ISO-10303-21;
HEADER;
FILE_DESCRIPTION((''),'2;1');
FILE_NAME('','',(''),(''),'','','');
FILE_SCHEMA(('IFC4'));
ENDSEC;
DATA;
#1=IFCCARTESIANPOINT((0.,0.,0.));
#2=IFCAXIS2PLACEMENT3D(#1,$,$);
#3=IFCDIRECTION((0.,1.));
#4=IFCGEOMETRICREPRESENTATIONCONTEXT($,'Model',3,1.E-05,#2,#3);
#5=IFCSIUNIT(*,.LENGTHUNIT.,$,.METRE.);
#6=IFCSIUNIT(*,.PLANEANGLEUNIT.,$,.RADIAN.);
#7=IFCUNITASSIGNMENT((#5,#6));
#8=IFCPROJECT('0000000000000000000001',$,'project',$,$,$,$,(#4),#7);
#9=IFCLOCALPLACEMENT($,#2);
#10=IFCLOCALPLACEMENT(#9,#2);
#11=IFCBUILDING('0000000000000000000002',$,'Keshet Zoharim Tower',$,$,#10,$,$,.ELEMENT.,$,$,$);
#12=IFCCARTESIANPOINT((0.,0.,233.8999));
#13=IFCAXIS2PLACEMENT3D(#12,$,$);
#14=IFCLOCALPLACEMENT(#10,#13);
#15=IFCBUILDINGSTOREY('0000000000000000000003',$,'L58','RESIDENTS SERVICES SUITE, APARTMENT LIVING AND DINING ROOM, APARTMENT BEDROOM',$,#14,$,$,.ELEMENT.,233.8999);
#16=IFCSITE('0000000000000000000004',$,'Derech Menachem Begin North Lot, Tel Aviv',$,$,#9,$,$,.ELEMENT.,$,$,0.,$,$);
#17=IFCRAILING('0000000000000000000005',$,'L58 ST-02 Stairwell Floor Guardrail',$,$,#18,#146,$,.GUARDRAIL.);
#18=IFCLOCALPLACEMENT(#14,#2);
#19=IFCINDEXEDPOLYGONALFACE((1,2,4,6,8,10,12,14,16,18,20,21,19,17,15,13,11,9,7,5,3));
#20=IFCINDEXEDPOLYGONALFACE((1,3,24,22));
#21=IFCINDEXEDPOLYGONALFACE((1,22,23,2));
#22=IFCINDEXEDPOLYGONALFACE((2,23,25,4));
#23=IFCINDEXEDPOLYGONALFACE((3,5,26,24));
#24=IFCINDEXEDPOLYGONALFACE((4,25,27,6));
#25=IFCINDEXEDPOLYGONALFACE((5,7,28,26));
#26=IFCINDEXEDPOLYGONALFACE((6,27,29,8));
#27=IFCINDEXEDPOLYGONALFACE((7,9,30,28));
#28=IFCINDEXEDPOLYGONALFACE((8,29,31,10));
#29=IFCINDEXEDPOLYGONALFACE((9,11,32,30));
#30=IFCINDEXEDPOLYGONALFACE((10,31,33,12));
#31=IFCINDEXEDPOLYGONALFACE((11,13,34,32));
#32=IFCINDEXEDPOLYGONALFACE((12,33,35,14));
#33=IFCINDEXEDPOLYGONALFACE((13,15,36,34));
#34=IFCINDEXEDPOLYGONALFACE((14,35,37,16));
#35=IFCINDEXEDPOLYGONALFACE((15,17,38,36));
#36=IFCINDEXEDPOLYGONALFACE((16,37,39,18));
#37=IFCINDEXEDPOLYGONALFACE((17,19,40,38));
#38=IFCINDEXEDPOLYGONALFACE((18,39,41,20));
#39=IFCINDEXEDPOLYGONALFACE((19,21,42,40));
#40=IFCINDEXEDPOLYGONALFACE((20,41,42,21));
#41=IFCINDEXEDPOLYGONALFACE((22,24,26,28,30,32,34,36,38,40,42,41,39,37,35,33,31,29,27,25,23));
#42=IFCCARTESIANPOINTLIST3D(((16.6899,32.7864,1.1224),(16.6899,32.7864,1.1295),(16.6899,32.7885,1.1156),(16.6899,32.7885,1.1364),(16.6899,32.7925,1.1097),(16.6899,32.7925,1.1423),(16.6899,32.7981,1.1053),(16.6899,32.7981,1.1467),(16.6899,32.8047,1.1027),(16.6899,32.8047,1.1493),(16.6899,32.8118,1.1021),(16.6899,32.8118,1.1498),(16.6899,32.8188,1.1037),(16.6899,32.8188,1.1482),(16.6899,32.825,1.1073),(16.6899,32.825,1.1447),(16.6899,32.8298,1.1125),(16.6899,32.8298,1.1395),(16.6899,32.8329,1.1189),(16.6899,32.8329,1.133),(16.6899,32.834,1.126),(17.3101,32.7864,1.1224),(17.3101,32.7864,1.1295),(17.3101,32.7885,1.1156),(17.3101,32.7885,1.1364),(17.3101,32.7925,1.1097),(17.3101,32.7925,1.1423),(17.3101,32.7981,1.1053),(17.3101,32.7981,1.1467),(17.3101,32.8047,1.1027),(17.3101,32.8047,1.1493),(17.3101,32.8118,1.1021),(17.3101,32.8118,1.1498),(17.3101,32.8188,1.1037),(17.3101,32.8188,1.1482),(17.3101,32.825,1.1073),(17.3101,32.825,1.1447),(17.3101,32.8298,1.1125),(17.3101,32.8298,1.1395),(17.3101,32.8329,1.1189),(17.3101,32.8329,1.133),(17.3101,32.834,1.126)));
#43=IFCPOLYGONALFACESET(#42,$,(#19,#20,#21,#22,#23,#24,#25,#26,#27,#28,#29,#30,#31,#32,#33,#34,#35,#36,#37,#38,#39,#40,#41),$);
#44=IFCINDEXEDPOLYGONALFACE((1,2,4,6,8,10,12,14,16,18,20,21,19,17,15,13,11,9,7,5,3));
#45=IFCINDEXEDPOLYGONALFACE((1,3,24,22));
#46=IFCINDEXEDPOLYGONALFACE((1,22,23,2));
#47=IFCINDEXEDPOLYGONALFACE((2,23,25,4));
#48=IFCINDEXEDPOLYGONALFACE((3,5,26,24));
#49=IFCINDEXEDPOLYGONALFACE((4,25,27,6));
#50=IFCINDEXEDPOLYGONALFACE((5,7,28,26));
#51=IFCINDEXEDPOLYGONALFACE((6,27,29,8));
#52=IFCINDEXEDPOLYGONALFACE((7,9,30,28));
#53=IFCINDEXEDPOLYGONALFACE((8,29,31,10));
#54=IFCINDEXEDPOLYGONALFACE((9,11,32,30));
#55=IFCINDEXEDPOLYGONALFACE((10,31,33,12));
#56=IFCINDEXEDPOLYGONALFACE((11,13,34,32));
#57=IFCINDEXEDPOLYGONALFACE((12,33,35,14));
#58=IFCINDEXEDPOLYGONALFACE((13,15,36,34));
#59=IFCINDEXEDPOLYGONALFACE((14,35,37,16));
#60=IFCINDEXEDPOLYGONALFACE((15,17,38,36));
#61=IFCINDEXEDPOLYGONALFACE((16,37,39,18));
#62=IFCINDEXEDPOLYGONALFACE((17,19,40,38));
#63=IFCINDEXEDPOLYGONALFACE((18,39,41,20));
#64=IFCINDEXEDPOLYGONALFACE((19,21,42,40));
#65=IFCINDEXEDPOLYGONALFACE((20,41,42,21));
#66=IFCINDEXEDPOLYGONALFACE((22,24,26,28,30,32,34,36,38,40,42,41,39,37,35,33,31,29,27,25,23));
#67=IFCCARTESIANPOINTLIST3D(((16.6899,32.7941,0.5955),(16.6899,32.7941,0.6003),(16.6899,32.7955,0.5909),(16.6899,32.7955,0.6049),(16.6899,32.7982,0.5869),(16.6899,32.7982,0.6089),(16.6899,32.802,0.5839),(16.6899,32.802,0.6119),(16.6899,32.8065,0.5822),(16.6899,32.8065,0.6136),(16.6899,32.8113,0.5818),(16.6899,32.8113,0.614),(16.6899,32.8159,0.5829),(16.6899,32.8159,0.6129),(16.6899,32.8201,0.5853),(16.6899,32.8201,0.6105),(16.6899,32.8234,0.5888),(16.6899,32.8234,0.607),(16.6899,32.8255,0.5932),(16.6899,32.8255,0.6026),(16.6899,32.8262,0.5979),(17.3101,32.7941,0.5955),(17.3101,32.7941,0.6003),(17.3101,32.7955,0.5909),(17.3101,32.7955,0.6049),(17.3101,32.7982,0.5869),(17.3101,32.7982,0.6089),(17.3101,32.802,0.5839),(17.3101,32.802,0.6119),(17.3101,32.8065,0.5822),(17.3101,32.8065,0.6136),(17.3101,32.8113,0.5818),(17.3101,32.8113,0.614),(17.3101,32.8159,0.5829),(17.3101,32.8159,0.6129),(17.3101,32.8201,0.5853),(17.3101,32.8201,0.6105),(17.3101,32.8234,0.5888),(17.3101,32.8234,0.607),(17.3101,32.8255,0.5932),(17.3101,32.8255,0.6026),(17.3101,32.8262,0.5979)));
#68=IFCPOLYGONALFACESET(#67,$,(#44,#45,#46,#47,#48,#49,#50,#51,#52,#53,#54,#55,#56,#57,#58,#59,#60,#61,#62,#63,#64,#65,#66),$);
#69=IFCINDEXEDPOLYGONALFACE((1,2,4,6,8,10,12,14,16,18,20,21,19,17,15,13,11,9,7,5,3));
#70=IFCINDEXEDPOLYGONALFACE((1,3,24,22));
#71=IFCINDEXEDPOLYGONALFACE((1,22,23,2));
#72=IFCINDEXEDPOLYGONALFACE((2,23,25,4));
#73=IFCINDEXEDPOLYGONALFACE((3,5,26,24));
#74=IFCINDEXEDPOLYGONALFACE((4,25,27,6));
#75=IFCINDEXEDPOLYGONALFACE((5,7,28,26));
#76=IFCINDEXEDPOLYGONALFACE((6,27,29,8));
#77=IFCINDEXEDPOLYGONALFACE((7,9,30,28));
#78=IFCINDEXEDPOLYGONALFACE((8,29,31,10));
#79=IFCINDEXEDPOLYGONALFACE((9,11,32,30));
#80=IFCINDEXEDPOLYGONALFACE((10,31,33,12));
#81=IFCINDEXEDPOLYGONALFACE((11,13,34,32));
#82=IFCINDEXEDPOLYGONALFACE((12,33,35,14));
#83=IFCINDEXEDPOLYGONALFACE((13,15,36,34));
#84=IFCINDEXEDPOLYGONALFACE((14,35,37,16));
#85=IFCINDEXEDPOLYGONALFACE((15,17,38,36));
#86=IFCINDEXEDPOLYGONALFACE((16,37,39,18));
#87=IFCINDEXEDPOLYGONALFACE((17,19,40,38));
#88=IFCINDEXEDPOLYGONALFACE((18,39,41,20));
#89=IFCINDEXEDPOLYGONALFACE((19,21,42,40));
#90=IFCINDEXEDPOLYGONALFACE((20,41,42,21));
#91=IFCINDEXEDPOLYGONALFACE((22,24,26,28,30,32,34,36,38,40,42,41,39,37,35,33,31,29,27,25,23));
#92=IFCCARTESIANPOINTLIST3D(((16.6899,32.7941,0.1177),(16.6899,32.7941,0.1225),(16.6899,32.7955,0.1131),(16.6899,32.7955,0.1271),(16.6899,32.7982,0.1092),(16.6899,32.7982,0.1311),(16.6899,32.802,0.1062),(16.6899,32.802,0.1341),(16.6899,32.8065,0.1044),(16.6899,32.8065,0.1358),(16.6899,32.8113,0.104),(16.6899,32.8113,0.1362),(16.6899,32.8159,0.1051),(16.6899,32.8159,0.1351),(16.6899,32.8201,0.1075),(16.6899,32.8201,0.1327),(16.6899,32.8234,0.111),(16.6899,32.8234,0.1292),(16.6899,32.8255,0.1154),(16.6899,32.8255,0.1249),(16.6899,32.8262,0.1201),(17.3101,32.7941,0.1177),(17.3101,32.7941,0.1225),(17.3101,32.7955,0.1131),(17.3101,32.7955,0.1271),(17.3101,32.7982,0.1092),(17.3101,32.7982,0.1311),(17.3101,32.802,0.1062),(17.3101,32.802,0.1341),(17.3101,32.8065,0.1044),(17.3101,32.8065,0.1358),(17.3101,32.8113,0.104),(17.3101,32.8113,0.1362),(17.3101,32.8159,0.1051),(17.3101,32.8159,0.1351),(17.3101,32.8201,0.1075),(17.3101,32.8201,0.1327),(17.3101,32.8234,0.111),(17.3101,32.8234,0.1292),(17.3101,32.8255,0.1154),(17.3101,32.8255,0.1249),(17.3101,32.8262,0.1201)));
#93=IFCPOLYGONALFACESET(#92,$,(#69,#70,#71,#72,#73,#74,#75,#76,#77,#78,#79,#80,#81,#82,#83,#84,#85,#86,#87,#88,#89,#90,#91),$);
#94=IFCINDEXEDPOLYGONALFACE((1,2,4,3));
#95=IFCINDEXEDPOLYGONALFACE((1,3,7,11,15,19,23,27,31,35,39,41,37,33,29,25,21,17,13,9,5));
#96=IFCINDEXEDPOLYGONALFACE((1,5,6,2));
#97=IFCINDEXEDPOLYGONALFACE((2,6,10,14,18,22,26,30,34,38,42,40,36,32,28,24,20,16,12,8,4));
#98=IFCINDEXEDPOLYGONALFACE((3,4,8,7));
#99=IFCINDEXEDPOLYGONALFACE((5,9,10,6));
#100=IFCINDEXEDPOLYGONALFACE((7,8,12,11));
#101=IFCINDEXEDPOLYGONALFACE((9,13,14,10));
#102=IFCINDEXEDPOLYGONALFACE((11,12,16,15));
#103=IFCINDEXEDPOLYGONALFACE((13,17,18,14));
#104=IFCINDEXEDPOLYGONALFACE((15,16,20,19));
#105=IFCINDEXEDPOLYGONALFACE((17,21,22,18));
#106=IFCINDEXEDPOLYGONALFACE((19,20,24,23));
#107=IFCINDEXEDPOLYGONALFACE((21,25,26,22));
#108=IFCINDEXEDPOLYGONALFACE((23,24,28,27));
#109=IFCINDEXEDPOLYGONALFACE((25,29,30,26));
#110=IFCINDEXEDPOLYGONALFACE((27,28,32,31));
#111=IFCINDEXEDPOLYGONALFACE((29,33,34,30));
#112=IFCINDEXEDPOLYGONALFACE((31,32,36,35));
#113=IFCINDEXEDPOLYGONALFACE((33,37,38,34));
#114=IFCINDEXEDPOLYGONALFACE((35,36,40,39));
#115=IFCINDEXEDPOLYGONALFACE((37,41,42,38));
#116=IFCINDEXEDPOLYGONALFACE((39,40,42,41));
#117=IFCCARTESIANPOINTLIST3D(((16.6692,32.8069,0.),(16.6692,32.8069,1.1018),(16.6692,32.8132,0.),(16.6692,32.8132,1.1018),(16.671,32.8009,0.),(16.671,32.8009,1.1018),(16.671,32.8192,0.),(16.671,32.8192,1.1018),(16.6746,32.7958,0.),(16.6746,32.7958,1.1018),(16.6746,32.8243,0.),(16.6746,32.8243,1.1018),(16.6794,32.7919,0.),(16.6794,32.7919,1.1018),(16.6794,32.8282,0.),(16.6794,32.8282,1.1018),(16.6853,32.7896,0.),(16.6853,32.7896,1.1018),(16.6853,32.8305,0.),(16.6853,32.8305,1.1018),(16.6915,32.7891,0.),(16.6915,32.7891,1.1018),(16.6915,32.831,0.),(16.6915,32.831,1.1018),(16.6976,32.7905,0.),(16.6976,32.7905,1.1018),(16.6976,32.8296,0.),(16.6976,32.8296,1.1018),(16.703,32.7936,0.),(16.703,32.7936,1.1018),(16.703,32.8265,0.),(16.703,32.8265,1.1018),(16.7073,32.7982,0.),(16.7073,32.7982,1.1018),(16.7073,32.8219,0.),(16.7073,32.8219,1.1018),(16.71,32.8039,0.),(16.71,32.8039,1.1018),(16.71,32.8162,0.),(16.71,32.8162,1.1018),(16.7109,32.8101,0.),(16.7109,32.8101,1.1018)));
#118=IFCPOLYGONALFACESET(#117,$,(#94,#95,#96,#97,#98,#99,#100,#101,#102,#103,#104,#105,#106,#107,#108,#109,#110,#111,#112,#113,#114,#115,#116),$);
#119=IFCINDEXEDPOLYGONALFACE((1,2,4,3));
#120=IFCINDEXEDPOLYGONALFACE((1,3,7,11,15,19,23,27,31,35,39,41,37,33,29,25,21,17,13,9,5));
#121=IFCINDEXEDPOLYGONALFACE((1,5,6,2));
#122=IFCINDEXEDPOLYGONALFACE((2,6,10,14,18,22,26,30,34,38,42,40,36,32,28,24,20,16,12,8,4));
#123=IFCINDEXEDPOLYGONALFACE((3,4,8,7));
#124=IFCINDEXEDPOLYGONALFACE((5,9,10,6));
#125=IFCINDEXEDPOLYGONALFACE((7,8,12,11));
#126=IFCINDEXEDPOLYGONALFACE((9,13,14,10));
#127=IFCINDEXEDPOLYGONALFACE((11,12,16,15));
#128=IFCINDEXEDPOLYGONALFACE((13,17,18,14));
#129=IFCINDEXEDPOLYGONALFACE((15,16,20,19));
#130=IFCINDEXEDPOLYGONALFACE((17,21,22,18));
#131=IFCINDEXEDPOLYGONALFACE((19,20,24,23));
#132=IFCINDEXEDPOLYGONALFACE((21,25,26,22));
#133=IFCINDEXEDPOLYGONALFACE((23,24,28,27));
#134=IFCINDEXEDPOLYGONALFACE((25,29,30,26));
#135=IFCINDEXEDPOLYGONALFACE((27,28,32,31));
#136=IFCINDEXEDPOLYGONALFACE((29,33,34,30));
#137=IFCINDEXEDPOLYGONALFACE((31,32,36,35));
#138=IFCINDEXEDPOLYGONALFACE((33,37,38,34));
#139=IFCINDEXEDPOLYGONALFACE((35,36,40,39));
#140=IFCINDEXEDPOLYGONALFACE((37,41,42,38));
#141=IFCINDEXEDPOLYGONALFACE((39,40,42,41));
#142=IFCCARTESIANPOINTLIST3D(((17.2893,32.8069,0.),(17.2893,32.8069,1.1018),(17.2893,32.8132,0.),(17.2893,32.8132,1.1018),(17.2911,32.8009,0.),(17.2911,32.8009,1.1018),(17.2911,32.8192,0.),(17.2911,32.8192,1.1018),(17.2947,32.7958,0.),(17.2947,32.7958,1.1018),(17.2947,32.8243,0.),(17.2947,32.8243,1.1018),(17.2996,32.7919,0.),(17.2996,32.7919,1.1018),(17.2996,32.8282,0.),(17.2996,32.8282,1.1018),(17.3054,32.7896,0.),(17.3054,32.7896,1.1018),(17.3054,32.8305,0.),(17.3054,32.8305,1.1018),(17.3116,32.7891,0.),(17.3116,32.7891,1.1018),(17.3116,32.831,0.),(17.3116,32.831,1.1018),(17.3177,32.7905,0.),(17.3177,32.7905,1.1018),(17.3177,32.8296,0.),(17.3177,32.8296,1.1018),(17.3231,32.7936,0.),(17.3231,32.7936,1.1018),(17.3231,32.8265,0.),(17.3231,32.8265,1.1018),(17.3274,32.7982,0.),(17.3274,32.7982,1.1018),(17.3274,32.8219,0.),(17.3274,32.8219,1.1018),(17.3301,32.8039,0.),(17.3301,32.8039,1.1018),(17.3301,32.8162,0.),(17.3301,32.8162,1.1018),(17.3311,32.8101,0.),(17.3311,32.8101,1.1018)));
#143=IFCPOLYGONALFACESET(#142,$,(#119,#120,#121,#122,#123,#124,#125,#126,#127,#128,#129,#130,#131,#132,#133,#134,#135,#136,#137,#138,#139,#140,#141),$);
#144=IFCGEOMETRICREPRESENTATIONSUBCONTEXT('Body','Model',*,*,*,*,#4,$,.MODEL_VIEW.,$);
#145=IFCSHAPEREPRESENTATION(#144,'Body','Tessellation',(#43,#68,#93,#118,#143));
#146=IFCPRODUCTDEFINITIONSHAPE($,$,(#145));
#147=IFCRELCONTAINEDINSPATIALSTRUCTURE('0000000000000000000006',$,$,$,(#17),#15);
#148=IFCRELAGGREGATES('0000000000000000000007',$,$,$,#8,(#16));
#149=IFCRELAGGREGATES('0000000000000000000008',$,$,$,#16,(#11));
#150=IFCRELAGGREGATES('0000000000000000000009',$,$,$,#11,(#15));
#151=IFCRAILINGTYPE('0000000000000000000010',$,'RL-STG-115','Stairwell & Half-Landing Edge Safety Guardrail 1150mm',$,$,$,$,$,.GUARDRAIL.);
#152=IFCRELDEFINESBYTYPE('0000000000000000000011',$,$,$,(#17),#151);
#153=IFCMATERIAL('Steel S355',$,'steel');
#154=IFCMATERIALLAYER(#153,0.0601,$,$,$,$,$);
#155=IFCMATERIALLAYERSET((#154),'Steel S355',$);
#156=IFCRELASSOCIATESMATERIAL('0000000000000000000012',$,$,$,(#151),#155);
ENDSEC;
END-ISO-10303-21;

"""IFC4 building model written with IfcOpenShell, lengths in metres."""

from ifc_helpers import new_model, si_unit, direction, frame, origin, origin_2d, place, context, subcontext, project, spatial, circle, extrude, material, layer, layer_set, type_object, element, save


model = new_model("IFC4")

# Units and contexts
model_context = context("Model", 3, precision=1e-05, world=origin(), true_north=direction((0.0, 1.0)))
body_context = subcontext(model_context, "Body", "Model", "MODEL_VIEW")
ifc_project = project(units=[si_unit("LENGTHUNIT", "METRE"), si_unit("PLANEANGLEUNIT", "RADIAN")], contexts=[model_context])

# Site, building, storey
site_placement = place(None, origin())
site = spatial("IfcSite", under=ifc_project, at=site_placement, Name="Derech Menachem Begin North Lot, Tel Aviv", CompositionType="ELEMENT", RefElevation=0.0)
building_placement = place(site_placement, origin())
building = spatial("IfcBuilding", under=site, at=building_placement, Name="Keshet Zoharim Tower", CompositionType="ELEMENT")
storey_placement = place(building_placement, frame((0.0, 0.0, 233.8999)))
storey = spatial("IfcBuildingStorey", under=building, at=storey_placement, Name="L58", Description="RESIDENTS SERVICES SUITE, APARTMENT LIVING AND DINING ROOM, APARTMENT BEDROOM", CompositionType="ELEMENT", Elevation=233.8999)

# Shared definitions
ifc_material_1 = material(Name="Steel S355", Category="steel")

# Railing
ifc_layer_1 = layer(ifc_material_1, 0.0601)
ifc_layer_set_1 = layer_set([ifc_layer_1], Name="Steel S355")
railing_type_1 = type_object("IfcRailingType", Name="RL-STG-115", Description="Stairwell & Half-Landing Edge Safety Guardrail 1150mm", PredefinedType="GUARDRAIL", material=ifc_layer_set_1)
railing_1_placement = place(storey_placement, frame((16.6899, 32.8101, 0.0)))
element("IfcRailing", 1, at=railing_1_placement, inside=storey, type_object=railing_type_1, Name="L58 ST-02 Stairwell Floor Guardrail", PredefinedType="GUARDRAIL", context=body_context, shape_type="SweptSolid", body=[
    extrude(circle(Radius=0.0239, at=origin_2d()), frame((0.0, 0.0, 1.126), z_axis=(1.0, 0.0, 0.0), x_axis=(0.0, 1.0, 0.0)), (0.0, 0.0, 1.0), 0.6201),
    extrude(circle(Radius=0.0161, at=origin_2d()), frame((0.0, 0.0, 0.5979), z_axis=(1.0, 0.0, 0.0), x_axis=(0.0, 1.0, 0.0)), (0.0, 0.0, 1.0), 0.6201),
    extrude(circle(Radius=0.0161, at=origin_2d()), frame((0.0, 0.0, 0.1201), z_axis=(1.0, 0.0, 0.0), x_axis=(0.0, 1.0, 0.0)), (0.0, 0.0, 1.0), 0.6201),
    extrude(circle(Radius=0.021, at=origin_2d()), origin(), (0.0, 0.0, 1.0), 1.1018),
    extrude(circle(Radius=0.021, at=origin_2d()), frame((0.6201, 0.0, 0.0)), (0.0, 0.0, 1.0), 1.1018),
])

save(model, "model.ifc")
